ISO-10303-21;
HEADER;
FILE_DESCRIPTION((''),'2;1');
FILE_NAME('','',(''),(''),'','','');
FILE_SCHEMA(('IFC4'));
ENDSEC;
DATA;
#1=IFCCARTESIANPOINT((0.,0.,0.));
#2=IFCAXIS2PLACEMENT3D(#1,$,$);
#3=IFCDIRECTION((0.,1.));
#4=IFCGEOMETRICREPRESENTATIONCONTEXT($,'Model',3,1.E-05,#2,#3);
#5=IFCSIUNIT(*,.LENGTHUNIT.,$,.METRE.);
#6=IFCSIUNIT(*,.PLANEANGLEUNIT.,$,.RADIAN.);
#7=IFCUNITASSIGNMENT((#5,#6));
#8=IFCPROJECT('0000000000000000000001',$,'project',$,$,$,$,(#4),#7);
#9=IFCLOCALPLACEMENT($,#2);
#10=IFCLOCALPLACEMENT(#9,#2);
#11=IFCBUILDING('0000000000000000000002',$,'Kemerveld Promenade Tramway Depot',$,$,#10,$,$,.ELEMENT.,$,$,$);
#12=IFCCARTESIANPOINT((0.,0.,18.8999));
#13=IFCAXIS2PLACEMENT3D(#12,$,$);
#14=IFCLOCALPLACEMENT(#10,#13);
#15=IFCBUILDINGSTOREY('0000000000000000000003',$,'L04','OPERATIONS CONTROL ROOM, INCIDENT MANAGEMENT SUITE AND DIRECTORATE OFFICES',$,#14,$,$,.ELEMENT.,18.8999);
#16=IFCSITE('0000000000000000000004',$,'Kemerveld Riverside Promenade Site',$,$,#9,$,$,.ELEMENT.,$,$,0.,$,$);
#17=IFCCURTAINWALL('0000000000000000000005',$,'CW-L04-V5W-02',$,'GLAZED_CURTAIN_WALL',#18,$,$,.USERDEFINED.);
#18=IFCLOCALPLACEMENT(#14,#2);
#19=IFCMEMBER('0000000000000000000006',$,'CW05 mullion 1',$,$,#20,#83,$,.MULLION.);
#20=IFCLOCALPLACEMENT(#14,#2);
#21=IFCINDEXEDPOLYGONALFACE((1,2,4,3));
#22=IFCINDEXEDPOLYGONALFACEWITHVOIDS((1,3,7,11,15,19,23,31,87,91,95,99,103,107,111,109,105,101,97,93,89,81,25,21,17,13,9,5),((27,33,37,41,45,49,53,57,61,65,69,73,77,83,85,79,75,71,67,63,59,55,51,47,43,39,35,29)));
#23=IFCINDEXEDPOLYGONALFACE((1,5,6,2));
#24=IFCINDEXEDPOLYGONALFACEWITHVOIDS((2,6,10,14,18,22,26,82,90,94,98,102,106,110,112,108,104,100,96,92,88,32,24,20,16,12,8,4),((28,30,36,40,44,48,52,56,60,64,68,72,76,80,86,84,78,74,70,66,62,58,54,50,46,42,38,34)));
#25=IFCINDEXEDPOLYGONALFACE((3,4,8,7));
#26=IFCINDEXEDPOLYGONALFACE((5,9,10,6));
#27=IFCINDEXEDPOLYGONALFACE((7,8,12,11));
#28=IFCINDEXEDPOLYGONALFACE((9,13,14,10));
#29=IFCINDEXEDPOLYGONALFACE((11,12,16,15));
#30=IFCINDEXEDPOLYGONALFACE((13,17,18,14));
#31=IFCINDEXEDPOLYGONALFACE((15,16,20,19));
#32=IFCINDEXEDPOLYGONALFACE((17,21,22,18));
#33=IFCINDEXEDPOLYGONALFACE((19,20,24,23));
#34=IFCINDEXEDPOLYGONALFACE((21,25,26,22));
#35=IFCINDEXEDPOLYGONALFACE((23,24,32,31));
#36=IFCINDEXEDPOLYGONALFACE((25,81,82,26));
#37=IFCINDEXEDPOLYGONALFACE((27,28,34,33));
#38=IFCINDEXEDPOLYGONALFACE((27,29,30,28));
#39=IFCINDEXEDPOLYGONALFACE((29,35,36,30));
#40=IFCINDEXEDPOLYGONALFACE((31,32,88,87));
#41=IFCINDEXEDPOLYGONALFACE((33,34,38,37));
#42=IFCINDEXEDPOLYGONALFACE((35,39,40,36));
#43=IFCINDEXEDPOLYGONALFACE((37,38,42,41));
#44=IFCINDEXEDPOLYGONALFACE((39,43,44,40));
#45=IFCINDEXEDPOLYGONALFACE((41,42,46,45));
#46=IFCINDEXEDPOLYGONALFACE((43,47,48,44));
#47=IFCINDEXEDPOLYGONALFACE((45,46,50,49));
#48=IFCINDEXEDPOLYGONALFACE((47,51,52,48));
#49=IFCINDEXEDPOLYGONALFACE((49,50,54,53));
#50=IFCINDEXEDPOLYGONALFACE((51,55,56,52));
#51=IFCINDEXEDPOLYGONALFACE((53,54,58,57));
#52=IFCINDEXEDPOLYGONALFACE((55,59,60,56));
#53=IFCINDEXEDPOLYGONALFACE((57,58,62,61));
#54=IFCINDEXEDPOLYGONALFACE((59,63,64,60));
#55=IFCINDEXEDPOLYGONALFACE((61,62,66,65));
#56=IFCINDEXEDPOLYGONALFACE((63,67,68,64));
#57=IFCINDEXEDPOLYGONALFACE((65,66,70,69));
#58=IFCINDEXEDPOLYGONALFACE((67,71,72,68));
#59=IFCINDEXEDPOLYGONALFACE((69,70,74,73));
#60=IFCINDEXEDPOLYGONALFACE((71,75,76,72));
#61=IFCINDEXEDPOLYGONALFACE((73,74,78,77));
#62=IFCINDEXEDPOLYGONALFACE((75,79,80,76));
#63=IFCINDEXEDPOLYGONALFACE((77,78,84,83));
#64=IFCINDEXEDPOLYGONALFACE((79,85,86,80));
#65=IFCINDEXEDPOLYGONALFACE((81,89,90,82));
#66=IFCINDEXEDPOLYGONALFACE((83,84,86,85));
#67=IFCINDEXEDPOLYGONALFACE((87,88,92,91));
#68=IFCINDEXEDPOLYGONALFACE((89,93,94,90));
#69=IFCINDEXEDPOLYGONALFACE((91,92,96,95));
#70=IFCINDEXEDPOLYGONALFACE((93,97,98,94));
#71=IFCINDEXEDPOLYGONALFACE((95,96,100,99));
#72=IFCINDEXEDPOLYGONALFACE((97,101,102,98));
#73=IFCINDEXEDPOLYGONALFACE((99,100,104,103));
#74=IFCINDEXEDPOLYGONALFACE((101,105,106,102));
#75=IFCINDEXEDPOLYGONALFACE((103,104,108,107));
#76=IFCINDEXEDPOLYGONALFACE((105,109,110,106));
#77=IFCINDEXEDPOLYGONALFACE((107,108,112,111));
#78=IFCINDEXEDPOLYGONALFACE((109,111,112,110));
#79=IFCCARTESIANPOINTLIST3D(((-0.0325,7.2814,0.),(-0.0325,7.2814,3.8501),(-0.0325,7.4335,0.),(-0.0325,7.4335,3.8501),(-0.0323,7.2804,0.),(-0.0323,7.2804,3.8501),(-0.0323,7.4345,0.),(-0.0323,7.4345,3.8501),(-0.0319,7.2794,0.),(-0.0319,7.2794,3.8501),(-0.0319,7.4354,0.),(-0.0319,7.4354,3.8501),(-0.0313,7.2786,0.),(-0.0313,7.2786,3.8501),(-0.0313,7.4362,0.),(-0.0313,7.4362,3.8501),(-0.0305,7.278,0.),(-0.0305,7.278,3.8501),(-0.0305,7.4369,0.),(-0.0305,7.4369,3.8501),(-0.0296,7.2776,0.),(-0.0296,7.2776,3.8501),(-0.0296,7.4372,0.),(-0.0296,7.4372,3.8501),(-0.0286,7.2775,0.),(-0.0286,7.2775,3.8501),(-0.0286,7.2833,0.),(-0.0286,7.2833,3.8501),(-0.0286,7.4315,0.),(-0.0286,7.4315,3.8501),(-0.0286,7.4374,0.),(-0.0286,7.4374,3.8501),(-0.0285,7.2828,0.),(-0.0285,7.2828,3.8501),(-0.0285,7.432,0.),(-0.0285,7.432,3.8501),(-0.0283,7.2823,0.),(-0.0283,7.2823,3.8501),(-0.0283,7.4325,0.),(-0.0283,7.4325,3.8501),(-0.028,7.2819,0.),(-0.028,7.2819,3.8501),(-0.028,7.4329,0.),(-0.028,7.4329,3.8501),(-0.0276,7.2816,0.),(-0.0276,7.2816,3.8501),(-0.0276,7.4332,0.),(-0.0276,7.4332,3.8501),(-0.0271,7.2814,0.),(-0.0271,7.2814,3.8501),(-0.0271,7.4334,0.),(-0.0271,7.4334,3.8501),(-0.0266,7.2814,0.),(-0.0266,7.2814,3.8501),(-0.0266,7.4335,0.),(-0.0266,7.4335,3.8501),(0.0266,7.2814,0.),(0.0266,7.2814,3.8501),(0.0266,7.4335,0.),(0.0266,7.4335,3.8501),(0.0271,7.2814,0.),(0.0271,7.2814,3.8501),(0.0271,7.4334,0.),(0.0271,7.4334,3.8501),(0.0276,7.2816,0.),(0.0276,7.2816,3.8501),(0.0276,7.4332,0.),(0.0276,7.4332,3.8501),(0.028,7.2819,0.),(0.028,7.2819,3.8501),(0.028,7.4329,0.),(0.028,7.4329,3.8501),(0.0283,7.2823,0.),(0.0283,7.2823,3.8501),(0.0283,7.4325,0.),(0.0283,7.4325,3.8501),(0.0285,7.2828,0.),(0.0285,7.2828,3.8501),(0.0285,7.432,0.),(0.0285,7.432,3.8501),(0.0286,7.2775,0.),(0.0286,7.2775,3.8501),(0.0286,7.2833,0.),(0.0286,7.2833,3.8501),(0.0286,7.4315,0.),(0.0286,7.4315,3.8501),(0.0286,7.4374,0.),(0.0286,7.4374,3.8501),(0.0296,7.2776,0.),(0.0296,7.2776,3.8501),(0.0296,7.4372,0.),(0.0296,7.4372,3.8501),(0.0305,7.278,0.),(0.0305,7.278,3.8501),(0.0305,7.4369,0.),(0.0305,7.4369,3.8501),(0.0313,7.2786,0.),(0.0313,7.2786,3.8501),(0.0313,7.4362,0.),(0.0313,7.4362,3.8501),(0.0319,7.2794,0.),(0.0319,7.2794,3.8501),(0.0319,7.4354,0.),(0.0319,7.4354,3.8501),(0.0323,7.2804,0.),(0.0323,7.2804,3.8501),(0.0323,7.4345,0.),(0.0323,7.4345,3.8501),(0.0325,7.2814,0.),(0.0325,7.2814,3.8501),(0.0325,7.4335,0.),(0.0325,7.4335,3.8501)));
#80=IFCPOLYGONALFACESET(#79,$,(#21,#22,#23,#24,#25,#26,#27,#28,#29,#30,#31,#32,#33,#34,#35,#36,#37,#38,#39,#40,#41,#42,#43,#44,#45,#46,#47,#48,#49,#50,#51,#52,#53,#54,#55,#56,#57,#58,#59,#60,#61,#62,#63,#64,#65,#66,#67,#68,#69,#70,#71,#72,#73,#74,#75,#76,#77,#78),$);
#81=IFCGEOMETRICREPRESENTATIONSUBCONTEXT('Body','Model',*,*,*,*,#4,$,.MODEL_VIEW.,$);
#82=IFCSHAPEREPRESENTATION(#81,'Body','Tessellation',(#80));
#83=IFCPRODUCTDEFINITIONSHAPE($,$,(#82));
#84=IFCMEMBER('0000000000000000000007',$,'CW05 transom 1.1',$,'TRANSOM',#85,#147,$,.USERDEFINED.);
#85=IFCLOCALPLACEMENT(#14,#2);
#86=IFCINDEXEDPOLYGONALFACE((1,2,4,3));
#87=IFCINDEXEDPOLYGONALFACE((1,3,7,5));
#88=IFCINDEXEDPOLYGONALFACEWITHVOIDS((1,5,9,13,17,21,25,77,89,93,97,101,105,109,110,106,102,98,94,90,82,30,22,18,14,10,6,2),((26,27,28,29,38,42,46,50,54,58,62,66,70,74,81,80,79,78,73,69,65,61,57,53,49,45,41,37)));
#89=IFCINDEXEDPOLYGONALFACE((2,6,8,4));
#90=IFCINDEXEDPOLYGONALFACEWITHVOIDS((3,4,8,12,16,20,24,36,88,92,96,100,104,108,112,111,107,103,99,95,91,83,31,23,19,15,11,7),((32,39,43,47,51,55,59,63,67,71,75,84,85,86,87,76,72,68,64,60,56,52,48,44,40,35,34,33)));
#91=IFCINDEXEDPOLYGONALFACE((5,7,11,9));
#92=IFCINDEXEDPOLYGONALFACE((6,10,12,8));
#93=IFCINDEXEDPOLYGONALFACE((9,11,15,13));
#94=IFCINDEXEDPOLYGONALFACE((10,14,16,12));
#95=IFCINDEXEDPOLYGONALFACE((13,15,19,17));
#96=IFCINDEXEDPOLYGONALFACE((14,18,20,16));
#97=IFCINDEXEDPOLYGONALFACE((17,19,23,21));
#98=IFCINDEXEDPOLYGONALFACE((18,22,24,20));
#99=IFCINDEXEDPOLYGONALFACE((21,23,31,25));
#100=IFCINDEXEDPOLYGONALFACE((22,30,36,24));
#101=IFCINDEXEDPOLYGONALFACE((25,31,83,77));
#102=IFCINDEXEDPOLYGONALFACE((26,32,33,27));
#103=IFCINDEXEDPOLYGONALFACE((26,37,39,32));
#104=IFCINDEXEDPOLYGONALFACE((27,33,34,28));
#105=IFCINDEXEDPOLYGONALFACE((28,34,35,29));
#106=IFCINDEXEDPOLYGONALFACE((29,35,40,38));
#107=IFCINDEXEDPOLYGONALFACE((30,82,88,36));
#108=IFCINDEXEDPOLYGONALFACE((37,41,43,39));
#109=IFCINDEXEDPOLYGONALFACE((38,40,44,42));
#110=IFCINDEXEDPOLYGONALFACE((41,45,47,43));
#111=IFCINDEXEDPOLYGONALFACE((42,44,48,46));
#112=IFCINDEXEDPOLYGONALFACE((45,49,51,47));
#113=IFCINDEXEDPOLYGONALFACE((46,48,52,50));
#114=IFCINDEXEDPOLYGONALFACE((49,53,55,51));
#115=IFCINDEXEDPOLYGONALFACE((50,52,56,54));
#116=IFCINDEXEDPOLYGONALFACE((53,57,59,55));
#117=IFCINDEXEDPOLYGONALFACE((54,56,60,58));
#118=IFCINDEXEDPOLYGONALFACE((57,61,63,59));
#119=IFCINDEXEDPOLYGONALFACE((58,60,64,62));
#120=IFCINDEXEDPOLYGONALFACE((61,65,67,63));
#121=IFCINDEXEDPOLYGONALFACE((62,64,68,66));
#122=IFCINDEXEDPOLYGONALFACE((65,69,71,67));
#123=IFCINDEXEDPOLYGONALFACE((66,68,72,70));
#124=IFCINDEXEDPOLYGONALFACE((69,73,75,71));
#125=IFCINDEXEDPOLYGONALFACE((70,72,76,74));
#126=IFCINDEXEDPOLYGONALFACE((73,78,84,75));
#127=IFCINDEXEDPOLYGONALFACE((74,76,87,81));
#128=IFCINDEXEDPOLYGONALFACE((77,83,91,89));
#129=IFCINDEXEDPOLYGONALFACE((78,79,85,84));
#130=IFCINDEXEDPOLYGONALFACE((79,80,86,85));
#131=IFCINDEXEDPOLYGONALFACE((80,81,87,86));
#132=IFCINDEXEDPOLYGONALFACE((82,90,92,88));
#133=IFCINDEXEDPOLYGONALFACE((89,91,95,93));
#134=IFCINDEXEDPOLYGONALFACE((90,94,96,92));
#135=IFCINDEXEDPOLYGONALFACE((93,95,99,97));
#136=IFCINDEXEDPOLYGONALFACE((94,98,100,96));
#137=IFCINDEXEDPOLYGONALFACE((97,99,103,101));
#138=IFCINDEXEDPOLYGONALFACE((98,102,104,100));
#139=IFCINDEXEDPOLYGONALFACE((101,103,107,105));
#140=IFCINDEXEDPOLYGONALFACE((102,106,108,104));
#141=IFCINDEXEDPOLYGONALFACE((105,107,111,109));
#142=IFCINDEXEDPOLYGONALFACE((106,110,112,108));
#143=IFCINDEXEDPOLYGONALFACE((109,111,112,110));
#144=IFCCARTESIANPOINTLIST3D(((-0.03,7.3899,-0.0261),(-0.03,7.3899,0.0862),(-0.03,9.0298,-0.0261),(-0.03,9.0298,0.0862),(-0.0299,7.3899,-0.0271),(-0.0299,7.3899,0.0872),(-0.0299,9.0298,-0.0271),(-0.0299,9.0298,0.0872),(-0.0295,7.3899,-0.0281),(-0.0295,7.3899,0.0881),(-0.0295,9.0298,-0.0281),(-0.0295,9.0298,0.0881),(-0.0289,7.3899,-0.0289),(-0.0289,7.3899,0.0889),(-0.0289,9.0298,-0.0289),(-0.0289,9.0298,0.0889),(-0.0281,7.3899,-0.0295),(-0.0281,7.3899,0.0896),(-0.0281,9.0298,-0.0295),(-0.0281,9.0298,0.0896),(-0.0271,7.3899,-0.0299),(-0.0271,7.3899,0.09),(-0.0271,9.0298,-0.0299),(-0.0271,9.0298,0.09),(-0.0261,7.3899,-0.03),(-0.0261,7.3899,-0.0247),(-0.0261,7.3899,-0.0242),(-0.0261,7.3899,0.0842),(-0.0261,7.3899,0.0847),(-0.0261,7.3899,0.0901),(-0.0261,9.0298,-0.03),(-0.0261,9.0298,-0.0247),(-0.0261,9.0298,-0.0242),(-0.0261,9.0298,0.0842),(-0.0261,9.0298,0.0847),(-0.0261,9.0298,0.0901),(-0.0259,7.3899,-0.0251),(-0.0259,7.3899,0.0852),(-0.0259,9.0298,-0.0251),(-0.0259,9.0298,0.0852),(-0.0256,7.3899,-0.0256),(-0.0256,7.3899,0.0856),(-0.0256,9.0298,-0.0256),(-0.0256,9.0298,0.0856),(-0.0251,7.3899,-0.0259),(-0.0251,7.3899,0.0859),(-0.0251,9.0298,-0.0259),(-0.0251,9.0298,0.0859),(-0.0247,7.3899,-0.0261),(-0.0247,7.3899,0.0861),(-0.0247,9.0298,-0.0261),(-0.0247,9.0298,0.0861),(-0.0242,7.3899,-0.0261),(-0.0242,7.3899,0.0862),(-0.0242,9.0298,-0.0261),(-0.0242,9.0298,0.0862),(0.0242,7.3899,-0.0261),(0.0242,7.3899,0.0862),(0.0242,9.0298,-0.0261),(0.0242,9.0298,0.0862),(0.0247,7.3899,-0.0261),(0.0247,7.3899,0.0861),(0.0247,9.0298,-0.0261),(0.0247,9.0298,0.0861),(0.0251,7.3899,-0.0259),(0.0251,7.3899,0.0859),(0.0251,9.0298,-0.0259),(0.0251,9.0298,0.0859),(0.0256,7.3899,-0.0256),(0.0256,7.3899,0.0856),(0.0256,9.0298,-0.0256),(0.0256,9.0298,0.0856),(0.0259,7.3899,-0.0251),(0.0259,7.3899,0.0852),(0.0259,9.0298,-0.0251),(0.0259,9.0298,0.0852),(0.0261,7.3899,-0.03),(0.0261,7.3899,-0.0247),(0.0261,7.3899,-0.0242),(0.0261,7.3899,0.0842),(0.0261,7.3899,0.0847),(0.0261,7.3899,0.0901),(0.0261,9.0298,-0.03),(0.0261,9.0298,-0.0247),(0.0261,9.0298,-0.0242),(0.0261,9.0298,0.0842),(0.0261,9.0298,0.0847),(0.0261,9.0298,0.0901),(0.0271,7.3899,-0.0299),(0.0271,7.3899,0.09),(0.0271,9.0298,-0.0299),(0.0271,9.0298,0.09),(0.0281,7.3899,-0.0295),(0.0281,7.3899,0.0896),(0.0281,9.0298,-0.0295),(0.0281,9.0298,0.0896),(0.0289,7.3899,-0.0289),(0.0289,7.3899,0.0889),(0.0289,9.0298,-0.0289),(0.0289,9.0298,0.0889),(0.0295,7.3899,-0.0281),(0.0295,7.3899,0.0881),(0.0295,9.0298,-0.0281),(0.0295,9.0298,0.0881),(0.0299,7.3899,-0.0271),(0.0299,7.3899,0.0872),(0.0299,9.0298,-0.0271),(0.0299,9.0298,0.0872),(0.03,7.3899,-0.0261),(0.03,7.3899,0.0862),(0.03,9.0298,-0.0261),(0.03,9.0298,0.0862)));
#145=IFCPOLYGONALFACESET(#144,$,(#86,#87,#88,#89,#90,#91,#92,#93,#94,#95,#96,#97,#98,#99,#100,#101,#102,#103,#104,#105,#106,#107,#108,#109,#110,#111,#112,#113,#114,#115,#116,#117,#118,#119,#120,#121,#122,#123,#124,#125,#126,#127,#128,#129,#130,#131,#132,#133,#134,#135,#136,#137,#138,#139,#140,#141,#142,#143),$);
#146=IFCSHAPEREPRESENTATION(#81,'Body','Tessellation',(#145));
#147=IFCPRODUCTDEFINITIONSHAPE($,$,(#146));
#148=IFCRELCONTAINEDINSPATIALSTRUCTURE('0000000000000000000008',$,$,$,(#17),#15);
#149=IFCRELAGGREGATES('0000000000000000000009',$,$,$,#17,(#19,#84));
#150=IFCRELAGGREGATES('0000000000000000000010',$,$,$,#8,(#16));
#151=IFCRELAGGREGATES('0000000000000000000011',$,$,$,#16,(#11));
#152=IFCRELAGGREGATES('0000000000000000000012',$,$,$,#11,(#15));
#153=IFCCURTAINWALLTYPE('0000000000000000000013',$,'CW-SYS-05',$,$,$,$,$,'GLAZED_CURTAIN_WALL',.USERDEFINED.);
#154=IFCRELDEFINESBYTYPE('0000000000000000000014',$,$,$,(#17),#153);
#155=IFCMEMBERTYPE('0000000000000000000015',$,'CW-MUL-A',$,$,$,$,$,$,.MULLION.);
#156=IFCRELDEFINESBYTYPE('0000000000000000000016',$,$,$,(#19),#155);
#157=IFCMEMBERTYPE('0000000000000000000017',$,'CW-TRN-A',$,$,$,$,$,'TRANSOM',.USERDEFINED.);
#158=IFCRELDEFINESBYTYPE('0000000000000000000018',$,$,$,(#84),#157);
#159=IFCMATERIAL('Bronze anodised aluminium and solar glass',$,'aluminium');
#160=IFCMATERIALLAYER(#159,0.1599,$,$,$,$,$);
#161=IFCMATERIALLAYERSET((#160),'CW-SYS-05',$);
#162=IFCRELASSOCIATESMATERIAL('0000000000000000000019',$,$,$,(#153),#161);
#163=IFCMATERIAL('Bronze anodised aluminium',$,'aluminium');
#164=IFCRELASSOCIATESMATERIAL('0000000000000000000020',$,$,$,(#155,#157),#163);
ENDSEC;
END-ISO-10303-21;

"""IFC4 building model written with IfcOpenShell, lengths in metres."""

from ifc_helpers import new_model, si_unit, direction, frame, origin, origin_2d, place, context, subcontext, project, spatial, hollow_rectangle, extrude, material, layer, layer_set, material_profile, profile_set, type_object, element, aggregate, save


model = new_model("IFC4")

# Units and contexts
model_context = context("Model", 3, precision=1e-05, world=origin(), true_north=direction((0.0, 1.0)))
body_context = subcontext(model_context, "Body", "Model", "MODEL_VIEW")
ifc_project = project(units=[si_unit("LENGTHUNIT", "METRE"), si_unit("PLANEANGLEUNIT", "RADIAN")], contexts=[model_context])

# Site, building, storey
site_placement = place(None, origin())
site = spatial("IfcSite", under=ifc_project, at=site_placement, Name="Kemerveld Riverside Promenade Site", CompositionType="ELEMENT", RefElevation=0.0)
building_placement = place(site_placement, origin())
building = spatial("IfcBuilding", under=site, at=building_placement, Name="Kemerveld Promenade Tramway Depot", CompositionType="ELEMENT")
storey_placement = place(building_placement, frame((0.0, 0.0, 18.8999)))
storey = spatial("IfcBuildingStorey", under=building, at=storey_placement, Name="L04", Description="OPERATIONS CONTROL ROOM, INCIDENT MANAGEMENT SUITE AND DIRECTORATE OFFICES", CompositionType="ELEMENT", Elevation=18.8999)

# Curtain wall, members
ifc_material_1 = material(Name="Bronze anodised aluminium and solar glass", Category="aluminium")
ifc_layer_1 = layer(ifc_material_1, 0.1599)
ifc_layer_set_1 = layer_set([ifc_layer_1], Name="CW-SYS-05")
curtain_wall_type = type_object("IfcCurtainWallType", Name="CW-SYS-05", ElementType="GLAZED_CURTAIN_WALL", PredefinedType="USERDEFINED", material=ifc_layer_set_1)
curtain_wall_placement = place(storey_placement, origin())
curtain_wall = element("IfcCurtainWall", 1, at=curtain_wall_placement, inside=storey, type_object=curtain_wall_type, Name="CW-L04-V5W-02", ObjectType="GLAZED_CURTAIN_WALL", PredefinedType="USERDEFINED")
ifc_material_2 = material(Name="Bronze anodised aluminium", Category="aluminium")
ifc_material_profile_1 = material_profile(ifc_material_2, hollow_rectangle(XDim=0.0649, YDim=0.1599, WallThickness=0.0039, InnerFilletRadius=0.002, OuterFilletRadius=0.0039, at=origin_2d()), Name="CW-MUL-160x65")
ifc_profile_set_1 = profile_set([ifc_material_profile_1], Name="Bronze anodised aluminium")
member_type_1 = type_object("IfcMemberType", Name="CW-MUL-A", PredefinedType="MULLION", material=ifc_profile_set_1)
member_1_placement = place(storey_placement, frame((0.0, 7.3574, 0.0), z_axis=(0.0, 0.0, 1.0), x_axis=(-1.0, 0.0, 0.0)))
member_1 = element("IfcMember", 2, at=member_1_placement, type_object=member_type_1, Name="CW05 mullion 1", PredefinedType="MULLION", context=body_context, shape_type="SweptSolid", body=[
    extrude(hollow_rectangle(XDim=0.0649, YDim=0.1599, WallThickness=0.0039, InnerFilletRadius=0.002, OuterFilletRadius=0.0039, at=origin_2d()), origin(), (0.0, 0.0, 1.0), 3.8501),
])
ifc_material_profile_2 = material_profile(ifc_material_2, hollow_rectangle(XDim=0.0601, YDim=0.1201, WallThickness=0.0039, InnerFilletRadius=0.002, OuterFilletRadius=0.0039, at=origin_2d()), Name="CW-TRN-120x60")
ifc_profile_set_2 = profile_set([ifc_material_profile_2], Name="Bronze anodised aluminium")
member_type_2 = type_object("IfcMemberType", Name="CW-TRN-A", ElementType="TRANSOM", PredefinedType="USERDEFINED", material=ifc_profile_set_2)
member_2_placement = place(storey_placement, frame((0.0, 7.3899, 0.03), z_axis=(0.0, 1.0, 0.0), x_axis=(-1.0, 0.0, 0.0)))
member_2 = element("IfcMember", 3, at=member_2_placement, type_object=member_type_2, Name="CW05 transom 1.1", ObjectType="TRANSOM", PredefinedType="USERDEFINED", context=body_context, shape_type="SweptSolid", body=[
    extrude(hollow_rectangle(XDim=0.0601, YDim=0.1201, WallThickness=0.0039, InnerFilletRadius=0.002, OuterFilletRadius=0.0039, at=origin_2d()), origin(), (0.0, 0.0, 1.0), 1.6399),
])
aggregate(curtain_wall, [member_1, member_2])

save(model, "model.ifc")
